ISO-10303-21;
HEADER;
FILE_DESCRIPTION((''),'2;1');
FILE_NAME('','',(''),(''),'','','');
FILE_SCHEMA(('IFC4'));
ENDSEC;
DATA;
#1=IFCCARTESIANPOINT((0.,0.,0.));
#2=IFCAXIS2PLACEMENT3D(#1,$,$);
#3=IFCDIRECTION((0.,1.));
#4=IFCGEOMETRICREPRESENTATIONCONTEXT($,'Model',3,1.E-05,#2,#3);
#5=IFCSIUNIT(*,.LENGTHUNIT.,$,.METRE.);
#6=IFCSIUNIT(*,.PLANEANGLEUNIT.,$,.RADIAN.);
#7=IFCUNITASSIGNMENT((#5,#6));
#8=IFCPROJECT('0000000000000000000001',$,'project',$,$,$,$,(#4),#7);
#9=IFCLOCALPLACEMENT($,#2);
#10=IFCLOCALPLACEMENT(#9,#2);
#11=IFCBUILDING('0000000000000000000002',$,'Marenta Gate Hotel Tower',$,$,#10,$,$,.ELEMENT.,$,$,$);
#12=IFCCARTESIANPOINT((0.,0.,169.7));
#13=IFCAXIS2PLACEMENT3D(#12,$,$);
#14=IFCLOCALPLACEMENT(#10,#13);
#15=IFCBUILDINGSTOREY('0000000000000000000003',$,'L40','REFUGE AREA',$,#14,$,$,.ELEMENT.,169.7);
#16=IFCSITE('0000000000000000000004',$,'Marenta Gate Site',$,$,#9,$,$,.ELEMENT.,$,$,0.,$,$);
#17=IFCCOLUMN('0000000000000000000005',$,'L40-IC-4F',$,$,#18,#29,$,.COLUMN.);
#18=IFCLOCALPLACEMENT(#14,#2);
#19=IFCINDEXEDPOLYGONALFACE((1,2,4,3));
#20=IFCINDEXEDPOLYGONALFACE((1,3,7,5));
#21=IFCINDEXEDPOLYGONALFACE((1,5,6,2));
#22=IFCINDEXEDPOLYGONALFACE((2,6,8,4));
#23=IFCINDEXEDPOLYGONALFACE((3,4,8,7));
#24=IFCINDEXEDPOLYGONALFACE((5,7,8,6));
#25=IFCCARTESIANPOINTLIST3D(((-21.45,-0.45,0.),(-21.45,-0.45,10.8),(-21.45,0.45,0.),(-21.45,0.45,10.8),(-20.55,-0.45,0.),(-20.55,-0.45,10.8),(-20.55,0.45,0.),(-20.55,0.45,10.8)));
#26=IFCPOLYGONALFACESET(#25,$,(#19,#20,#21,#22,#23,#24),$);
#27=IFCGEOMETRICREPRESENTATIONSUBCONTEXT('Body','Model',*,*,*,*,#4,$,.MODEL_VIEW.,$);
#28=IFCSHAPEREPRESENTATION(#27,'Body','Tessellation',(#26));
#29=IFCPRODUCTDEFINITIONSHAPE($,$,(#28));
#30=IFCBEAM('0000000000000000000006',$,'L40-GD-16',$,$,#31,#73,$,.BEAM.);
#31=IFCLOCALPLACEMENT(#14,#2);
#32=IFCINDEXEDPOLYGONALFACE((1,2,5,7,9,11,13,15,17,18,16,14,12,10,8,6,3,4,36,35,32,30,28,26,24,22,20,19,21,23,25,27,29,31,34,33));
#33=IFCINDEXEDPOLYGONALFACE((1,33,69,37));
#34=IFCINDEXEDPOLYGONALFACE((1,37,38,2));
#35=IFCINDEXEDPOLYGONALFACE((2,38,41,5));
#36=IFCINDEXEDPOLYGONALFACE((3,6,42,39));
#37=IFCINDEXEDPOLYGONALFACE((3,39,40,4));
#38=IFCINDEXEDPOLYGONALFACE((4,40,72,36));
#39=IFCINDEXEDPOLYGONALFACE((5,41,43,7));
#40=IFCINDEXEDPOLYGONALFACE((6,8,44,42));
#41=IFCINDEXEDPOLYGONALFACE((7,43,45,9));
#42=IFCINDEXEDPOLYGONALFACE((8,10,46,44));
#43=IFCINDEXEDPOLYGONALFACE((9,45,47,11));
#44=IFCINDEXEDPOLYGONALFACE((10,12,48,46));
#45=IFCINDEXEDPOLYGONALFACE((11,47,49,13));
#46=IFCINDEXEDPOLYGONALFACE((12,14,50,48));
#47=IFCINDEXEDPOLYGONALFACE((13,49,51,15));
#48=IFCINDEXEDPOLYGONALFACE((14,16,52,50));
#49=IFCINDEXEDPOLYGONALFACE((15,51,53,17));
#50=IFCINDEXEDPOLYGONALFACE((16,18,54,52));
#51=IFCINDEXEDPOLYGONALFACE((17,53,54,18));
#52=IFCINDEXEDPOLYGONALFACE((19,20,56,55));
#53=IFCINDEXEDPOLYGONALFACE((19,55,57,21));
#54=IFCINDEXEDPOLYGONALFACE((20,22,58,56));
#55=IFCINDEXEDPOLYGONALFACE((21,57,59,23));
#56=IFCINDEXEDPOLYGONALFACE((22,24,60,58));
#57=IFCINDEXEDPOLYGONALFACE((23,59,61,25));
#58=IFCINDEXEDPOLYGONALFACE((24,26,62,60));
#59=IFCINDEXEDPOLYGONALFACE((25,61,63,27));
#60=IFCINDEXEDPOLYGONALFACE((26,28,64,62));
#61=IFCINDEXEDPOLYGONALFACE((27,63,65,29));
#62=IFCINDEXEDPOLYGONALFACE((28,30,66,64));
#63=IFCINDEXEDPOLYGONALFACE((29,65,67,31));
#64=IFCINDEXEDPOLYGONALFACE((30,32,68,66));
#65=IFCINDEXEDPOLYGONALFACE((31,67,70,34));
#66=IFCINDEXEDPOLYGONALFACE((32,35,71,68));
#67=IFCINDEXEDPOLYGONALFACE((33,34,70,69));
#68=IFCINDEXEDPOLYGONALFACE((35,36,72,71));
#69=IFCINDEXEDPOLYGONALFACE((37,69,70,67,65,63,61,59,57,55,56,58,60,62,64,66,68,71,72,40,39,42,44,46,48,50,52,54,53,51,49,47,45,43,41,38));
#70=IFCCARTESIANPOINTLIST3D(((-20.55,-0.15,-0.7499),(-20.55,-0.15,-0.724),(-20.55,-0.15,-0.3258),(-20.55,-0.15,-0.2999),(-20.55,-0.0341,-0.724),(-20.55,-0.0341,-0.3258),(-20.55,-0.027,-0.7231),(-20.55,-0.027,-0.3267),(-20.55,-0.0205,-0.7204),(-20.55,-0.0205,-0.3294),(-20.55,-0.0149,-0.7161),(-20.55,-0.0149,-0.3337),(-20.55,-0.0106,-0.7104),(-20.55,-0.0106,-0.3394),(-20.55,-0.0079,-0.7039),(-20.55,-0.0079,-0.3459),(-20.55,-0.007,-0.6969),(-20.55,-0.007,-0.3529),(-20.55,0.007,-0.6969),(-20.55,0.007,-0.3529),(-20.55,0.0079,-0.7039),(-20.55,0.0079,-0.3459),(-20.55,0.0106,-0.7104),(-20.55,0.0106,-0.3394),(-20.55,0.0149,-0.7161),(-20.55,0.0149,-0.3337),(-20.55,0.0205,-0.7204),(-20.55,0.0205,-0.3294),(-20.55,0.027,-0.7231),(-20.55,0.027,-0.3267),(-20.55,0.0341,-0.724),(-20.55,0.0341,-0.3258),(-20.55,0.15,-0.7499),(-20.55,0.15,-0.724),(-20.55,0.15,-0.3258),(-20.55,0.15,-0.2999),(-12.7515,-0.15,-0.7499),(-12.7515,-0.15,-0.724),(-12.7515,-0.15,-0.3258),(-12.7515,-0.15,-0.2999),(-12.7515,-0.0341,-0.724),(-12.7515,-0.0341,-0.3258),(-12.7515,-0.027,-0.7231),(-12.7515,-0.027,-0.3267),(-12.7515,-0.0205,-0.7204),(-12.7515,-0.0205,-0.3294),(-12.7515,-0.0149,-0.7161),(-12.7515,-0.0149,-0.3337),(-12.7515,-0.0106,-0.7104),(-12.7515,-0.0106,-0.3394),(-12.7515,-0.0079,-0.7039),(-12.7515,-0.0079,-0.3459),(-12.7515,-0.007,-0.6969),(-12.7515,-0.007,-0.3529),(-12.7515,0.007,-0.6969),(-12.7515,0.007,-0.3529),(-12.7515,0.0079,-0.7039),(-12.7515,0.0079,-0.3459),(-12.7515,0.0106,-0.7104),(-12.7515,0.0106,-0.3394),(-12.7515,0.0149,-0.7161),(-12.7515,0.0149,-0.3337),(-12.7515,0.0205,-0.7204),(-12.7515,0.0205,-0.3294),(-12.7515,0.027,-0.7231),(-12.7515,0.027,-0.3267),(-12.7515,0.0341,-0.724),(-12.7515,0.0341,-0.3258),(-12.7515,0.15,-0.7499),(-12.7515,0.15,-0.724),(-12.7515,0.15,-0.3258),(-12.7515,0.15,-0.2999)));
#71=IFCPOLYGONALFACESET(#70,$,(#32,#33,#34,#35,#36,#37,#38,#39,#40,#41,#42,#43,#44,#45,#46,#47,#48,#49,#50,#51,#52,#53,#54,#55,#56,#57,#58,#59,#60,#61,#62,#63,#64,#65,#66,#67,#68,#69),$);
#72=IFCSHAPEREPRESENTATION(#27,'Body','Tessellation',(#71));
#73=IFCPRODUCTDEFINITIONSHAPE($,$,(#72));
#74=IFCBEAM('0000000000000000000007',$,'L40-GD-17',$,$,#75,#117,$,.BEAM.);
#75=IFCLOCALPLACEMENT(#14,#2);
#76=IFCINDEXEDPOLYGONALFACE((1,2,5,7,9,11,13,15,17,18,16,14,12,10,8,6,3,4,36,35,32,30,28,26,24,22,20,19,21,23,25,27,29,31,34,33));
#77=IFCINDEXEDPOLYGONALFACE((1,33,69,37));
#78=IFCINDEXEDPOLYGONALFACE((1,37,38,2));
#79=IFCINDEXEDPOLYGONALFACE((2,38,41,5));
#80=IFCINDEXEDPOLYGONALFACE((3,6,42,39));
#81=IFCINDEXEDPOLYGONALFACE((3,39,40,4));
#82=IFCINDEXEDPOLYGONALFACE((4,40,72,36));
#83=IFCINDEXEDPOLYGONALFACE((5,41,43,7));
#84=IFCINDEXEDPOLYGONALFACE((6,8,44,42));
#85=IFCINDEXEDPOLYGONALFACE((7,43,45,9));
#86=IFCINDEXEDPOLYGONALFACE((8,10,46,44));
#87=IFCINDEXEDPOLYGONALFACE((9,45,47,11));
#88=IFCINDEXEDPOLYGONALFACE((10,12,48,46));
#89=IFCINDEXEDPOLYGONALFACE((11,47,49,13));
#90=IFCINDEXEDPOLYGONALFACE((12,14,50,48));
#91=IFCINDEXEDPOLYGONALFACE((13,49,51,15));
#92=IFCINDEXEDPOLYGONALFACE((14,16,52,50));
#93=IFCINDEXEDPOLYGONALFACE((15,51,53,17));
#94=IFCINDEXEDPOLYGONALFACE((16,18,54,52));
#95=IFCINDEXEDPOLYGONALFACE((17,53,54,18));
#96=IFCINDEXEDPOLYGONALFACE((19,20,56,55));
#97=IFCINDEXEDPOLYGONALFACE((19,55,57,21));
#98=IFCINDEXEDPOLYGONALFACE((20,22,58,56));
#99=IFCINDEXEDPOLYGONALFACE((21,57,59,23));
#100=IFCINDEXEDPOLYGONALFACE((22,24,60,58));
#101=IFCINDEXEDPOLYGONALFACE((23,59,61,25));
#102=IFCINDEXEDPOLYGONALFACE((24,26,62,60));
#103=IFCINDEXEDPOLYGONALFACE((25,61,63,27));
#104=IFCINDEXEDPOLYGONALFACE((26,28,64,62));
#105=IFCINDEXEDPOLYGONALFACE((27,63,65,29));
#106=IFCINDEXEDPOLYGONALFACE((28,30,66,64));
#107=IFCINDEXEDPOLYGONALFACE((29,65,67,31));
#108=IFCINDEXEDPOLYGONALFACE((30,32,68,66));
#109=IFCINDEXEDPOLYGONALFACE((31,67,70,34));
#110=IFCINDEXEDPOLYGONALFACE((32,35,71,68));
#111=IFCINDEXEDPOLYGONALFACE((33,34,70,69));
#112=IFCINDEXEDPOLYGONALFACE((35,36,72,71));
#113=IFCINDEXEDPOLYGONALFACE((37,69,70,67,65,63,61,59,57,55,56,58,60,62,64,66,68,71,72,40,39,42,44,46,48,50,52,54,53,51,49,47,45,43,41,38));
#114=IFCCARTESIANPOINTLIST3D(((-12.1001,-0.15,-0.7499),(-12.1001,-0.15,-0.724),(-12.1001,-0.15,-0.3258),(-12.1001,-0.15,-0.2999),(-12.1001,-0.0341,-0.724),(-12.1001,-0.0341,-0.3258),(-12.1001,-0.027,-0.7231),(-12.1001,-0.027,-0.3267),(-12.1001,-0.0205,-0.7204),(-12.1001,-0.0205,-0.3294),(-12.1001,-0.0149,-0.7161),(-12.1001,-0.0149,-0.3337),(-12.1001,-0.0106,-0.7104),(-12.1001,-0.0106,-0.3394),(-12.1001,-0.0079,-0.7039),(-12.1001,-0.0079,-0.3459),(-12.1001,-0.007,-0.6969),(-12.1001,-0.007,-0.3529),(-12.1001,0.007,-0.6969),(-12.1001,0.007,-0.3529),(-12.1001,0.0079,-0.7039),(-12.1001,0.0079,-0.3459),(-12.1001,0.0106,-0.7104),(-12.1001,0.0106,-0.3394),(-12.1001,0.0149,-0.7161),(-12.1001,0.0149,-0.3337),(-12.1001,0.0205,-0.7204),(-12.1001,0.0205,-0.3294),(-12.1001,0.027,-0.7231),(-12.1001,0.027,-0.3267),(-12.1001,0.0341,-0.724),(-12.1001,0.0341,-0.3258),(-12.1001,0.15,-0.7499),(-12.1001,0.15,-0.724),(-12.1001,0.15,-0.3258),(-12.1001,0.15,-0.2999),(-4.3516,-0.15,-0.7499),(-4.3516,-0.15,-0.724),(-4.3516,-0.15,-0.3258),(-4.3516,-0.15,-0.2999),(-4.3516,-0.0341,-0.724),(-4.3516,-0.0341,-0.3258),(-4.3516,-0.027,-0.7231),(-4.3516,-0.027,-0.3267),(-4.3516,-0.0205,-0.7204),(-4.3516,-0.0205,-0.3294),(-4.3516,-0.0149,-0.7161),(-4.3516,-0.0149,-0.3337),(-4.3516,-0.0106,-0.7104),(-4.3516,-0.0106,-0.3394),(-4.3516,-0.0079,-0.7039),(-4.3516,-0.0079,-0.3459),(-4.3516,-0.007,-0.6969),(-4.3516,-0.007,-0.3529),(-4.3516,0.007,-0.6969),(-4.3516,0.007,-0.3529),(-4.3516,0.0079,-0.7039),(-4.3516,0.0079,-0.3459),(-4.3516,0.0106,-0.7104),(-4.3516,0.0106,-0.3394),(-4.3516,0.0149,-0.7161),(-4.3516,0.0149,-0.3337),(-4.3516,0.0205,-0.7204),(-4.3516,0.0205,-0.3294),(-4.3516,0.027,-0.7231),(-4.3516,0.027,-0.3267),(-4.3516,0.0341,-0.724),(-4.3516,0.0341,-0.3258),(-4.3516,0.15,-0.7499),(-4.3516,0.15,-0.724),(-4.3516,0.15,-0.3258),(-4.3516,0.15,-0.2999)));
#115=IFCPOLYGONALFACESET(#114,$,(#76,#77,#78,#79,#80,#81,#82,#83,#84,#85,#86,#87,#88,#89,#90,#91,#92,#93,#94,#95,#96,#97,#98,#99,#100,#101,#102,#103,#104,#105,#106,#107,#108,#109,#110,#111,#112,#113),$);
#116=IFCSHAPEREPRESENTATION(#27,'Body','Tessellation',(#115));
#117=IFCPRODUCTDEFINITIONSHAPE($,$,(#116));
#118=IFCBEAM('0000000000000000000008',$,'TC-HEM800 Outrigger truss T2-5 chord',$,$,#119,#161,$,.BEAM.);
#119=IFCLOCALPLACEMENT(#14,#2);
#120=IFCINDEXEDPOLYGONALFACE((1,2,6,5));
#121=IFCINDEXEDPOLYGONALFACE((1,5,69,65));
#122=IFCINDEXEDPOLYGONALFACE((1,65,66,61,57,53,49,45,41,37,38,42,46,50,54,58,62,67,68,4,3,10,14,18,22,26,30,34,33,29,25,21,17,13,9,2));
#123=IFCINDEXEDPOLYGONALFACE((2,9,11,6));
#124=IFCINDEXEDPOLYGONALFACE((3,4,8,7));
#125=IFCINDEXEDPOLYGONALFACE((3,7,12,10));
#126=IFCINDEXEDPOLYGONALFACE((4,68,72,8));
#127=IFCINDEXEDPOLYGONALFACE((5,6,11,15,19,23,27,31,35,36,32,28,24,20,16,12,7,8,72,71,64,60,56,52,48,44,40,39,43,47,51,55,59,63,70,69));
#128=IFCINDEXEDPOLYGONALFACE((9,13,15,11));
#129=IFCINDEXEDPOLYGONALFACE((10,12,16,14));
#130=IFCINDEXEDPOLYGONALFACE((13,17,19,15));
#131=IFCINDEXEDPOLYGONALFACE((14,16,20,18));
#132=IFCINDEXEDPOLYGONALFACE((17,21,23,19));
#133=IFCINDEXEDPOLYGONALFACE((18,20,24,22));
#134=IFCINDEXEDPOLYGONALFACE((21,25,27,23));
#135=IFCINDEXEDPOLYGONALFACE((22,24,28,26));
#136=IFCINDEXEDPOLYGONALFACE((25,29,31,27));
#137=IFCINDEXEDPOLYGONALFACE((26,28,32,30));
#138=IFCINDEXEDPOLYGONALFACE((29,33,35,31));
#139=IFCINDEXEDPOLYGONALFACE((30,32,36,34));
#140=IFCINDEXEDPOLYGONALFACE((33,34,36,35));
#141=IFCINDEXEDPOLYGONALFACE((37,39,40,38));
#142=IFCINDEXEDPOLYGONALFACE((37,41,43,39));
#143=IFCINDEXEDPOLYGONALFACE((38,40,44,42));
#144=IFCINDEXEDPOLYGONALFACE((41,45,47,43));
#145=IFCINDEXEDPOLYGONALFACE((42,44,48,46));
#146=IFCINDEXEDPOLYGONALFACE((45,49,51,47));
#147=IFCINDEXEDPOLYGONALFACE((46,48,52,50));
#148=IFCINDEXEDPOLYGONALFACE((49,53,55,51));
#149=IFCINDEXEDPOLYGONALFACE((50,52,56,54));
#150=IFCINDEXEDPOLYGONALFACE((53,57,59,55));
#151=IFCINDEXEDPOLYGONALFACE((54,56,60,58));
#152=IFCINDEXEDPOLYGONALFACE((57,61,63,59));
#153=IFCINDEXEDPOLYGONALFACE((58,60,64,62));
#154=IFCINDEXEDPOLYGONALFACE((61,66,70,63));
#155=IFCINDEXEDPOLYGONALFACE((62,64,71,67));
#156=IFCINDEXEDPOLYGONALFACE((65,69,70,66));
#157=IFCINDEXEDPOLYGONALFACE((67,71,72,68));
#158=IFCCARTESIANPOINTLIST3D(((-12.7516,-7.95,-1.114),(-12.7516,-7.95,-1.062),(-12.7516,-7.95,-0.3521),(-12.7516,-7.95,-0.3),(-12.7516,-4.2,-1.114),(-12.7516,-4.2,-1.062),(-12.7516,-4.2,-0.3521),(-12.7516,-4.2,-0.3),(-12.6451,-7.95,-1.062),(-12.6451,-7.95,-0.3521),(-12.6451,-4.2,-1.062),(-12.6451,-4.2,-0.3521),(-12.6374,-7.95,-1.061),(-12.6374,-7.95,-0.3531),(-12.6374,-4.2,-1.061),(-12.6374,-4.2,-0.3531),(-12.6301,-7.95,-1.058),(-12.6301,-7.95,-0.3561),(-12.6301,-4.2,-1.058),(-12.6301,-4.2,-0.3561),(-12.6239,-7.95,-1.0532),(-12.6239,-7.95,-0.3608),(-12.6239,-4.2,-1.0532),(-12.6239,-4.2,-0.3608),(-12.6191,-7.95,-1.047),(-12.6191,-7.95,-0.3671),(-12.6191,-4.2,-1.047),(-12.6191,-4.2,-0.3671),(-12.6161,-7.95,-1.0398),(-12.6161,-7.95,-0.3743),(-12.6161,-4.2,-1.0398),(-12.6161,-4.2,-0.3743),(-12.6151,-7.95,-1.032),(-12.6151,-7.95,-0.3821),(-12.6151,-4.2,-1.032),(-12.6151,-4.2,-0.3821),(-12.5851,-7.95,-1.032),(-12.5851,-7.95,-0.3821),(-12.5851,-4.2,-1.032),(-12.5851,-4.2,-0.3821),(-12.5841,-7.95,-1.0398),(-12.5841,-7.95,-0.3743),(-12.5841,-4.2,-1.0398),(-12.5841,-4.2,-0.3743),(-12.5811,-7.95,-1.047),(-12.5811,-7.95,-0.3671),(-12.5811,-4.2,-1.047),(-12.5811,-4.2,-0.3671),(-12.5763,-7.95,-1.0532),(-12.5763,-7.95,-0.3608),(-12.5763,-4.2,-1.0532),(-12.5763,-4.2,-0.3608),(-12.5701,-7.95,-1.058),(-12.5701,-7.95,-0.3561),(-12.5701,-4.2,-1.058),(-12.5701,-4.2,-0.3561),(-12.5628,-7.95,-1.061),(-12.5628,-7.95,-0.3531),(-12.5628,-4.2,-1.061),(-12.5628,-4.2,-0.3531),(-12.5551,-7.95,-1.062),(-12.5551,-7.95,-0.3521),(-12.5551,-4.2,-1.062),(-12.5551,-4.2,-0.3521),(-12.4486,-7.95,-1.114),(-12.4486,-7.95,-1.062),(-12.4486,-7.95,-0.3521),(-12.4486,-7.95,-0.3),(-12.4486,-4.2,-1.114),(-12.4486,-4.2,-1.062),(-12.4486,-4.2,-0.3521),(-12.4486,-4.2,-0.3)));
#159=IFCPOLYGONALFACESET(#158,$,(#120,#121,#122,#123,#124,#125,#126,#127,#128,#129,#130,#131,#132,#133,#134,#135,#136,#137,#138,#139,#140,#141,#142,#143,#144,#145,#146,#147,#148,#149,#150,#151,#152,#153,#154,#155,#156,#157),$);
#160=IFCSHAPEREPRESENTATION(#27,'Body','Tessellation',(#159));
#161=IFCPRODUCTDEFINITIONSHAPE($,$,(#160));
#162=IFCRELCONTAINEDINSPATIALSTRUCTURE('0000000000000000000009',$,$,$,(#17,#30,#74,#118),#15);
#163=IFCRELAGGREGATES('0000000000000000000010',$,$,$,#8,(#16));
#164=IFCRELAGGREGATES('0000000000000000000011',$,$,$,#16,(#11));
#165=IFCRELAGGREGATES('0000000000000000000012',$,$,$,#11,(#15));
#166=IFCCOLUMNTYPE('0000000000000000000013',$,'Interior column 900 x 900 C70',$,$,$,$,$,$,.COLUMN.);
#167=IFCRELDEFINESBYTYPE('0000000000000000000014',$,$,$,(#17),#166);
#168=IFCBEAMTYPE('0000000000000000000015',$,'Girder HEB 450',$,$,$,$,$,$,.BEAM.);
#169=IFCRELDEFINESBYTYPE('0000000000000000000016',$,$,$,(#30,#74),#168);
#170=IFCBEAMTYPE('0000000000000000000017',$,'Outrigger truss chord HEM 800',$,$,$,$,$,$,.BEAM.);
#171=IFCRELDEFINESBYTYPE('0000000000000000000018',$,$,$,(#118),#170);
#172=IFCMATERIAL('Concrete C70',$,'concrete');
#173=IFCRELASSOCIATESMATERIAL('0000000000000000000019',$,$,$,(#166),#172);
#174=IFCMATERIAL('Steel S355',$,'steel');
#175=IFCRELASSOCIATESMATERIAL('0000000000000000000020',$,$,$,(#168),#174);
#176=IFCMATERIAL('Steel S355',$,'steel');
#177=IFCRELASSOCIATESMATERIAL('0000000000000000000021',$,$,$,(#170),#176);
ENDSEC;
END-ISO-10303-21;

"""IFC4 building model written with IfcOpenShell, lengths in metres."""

from ifc_helpers import new_model, si_unit, direction, frame, origin, origin_2d, place, context, subcontext, project, spatial, rectangle, i_section, extrude, material, material_profile, profile_set, type_object, element, save


model = new_model("IFC4")

# Units and contexts
model_context = context("Model", 3, precision=1e-05, world=origin(), true_north=direction((0.0, 1.0)))
body_context = subcontext(model_context, "Body", "Model", "MODEL_VIEW")
ifc_project = project(units=[si_unit("LENGTHUNIT", "METRE"), si_unit("PLANEANGLEUNIT", "RADIAN")], contexts=[model_context])

# Site, building, storey
site_placement = place(None, origin())
site = spatial("IfcSite", under=ifc_project, at=site_placement, Name="Marenta Gate Site", CompositionType="ELEMENT", RefElevation=0.0)
building_placement = place(site_placement, origin())
building = spatial("IfcBuilding", under=site, at=building_placement, Name="Marenta Gate Hotel Tower", CompositionType="ELEMENT")
storey_placement = place(building_placement, frame((0.0, 0.0, 169.7)))
storey = spatial("IfcBuildingStorey", under=building, at=storey_placement, Name="L40", Description="REFUGE AREA", CompositionType="ELEMENT", Elevation=169.7)

# Column
ifc_material_1 = material(Name="Concrete C70", Category="concrete")
ifc_material_profile_1 = material_profile(ifc_material_1, rectangle(XDim=0.8999, YDim=0.8999, at=origin_2d()), Name="900 x 900")
ifc_profile_set_1 = profile_set([ifc_material_profile_1], Name="Concrete C70")
column_type = type_object("IfcColumnType", Name="Interior column 900 x 900 C70", PredefinedType="COLUMN", material=ifc_profile_set_1)
column_placement = place(storey_placement, frame((-21.0, 0.0, 0.0), z_axis=(0.0, 0.0, 1.0), x_axis=(1.0, 0.0, 0.0)))
element("IfcColumn", 1, at=column_placement, inside=storey, type_object=column_type, Name="L40-IC-4F", PredefinedType="COLUMN", context=body_context, shape_type="SweptSolid", body=[
    extrude(rectangle(XDim=0.8999, YDim=0.8999, at=origin_2d()), origin(), (0.0, 0.0, 1.0), 10.8),
])

# Beams
ifc_material_2 = material(Name="Steel S355", Category="steel")
ifc_material_profile_2 = material_profile(ifc_material_2, i_section(OverallWidth=0.3, OverallDepth=0.45, WebThickness=0.0139, FlangeThickness=0.0259, FilletRadius=0.0271, at=origin_2d()), Name="HEB 450")
ifc_profile_set_2 = profile_set([ifc_material_profile_2], Name="Steel S355")
beam_type_1 = type_object("IfcBeamType", Name="Girder HEB 450", PredefinedType="BEAM", material=ifc_profile_set_2)
beam_1_placement = place(storey_placement, frame((-20.55, 0.0, -0.5249), z_axis=(1.0, 0.0, 0.0), x_axis=(0.0, 1.0, 0.0)))
element("IfcBeam", 2, at=beam_1_placement, inside=storey, type_object=beam_type_1, Name="L40-GD-16", PredefinedType="BEAM", context=body_context, shape_type="SweptSolid", body=[
    extrude(i_section(OverallWidth=0.3, OverallDepth=0.45, WebThickness=0.0139, FlangeThickness=0.0259, FilletRadius=0.0271, at=origin_2d()), origin(), (0.0, 0.0, 1.0), 7.7986),
])
beam_2_placement = place(storey_placement, frame((-12.1001, 0.0, -0.5249), z_axis=(1.0, 0.0, 0.0), x_axis=(0.0, 1.0, 0.0)))
element("IfcBeam", 3, at=beam_2_placement, inside=storey, type_object=beam_type_1, Name="L40-GD-17", PredefinedType="BEAM", context=body_context, shape_type="SweptSolid", body=[
    extrude(i_section(OverallWidth=0.3, OverallDepth=0.45, WebThickness=0.0139, FlangeThickness=0.0259, FilletRadius=0.0271, at=origin_2d()), origin(), (0.0, 0.0, 1.0), 7.7485),
])
ifc_material_3 = material(Name="Steel S355", Category="steel")
ifc_material_profile_3 = material_profile(ifc_material_3, i_section(OverallWidth=0.303, OverallDepth=0.814, WebThickness=0.03, FlangeThickness=0.052, FilletRadius=0.03, at=origin_2d()), Name="HEM 800")
ifc_profile_set_3 = profile_set([ifc_material_profile_3], Name="Steel S355")
beam_type_2 = type_object("IfcBeamType", Name="Outrigger truss chord HEM 800", PredefinedType="BEAM", material=ifc_profile_set_3)
for number, where, z_axis, x_axis, name in (
    (4, (-12.6001, -4.2, -0.707), (0.0, -1.0, 0.0), (1.0, 0.0, 0.0), "TC-HEM800 Outrigger truss T2-5 chord"),
):
    element("IfcBeam", number, at=place(storey_placement, frame(where, z_axis=z_axis, x_axis=x_axis)), inside=storey, type_object=beam_type_2, Name=name, PredefinedType="BEAM", context=body_context, shape_type="SweptSolid", body=[
        extrude(i_section(OverallWidth=0.303, OverallDepth=0.814, WebThickness=0.03, FlangeThickness=0.052, FilletRadius=0.03, at=origin_2d()), origin(), (0.0, 0.0, 1.0), 3.75),
    ])

save(model, "model.ifc")
